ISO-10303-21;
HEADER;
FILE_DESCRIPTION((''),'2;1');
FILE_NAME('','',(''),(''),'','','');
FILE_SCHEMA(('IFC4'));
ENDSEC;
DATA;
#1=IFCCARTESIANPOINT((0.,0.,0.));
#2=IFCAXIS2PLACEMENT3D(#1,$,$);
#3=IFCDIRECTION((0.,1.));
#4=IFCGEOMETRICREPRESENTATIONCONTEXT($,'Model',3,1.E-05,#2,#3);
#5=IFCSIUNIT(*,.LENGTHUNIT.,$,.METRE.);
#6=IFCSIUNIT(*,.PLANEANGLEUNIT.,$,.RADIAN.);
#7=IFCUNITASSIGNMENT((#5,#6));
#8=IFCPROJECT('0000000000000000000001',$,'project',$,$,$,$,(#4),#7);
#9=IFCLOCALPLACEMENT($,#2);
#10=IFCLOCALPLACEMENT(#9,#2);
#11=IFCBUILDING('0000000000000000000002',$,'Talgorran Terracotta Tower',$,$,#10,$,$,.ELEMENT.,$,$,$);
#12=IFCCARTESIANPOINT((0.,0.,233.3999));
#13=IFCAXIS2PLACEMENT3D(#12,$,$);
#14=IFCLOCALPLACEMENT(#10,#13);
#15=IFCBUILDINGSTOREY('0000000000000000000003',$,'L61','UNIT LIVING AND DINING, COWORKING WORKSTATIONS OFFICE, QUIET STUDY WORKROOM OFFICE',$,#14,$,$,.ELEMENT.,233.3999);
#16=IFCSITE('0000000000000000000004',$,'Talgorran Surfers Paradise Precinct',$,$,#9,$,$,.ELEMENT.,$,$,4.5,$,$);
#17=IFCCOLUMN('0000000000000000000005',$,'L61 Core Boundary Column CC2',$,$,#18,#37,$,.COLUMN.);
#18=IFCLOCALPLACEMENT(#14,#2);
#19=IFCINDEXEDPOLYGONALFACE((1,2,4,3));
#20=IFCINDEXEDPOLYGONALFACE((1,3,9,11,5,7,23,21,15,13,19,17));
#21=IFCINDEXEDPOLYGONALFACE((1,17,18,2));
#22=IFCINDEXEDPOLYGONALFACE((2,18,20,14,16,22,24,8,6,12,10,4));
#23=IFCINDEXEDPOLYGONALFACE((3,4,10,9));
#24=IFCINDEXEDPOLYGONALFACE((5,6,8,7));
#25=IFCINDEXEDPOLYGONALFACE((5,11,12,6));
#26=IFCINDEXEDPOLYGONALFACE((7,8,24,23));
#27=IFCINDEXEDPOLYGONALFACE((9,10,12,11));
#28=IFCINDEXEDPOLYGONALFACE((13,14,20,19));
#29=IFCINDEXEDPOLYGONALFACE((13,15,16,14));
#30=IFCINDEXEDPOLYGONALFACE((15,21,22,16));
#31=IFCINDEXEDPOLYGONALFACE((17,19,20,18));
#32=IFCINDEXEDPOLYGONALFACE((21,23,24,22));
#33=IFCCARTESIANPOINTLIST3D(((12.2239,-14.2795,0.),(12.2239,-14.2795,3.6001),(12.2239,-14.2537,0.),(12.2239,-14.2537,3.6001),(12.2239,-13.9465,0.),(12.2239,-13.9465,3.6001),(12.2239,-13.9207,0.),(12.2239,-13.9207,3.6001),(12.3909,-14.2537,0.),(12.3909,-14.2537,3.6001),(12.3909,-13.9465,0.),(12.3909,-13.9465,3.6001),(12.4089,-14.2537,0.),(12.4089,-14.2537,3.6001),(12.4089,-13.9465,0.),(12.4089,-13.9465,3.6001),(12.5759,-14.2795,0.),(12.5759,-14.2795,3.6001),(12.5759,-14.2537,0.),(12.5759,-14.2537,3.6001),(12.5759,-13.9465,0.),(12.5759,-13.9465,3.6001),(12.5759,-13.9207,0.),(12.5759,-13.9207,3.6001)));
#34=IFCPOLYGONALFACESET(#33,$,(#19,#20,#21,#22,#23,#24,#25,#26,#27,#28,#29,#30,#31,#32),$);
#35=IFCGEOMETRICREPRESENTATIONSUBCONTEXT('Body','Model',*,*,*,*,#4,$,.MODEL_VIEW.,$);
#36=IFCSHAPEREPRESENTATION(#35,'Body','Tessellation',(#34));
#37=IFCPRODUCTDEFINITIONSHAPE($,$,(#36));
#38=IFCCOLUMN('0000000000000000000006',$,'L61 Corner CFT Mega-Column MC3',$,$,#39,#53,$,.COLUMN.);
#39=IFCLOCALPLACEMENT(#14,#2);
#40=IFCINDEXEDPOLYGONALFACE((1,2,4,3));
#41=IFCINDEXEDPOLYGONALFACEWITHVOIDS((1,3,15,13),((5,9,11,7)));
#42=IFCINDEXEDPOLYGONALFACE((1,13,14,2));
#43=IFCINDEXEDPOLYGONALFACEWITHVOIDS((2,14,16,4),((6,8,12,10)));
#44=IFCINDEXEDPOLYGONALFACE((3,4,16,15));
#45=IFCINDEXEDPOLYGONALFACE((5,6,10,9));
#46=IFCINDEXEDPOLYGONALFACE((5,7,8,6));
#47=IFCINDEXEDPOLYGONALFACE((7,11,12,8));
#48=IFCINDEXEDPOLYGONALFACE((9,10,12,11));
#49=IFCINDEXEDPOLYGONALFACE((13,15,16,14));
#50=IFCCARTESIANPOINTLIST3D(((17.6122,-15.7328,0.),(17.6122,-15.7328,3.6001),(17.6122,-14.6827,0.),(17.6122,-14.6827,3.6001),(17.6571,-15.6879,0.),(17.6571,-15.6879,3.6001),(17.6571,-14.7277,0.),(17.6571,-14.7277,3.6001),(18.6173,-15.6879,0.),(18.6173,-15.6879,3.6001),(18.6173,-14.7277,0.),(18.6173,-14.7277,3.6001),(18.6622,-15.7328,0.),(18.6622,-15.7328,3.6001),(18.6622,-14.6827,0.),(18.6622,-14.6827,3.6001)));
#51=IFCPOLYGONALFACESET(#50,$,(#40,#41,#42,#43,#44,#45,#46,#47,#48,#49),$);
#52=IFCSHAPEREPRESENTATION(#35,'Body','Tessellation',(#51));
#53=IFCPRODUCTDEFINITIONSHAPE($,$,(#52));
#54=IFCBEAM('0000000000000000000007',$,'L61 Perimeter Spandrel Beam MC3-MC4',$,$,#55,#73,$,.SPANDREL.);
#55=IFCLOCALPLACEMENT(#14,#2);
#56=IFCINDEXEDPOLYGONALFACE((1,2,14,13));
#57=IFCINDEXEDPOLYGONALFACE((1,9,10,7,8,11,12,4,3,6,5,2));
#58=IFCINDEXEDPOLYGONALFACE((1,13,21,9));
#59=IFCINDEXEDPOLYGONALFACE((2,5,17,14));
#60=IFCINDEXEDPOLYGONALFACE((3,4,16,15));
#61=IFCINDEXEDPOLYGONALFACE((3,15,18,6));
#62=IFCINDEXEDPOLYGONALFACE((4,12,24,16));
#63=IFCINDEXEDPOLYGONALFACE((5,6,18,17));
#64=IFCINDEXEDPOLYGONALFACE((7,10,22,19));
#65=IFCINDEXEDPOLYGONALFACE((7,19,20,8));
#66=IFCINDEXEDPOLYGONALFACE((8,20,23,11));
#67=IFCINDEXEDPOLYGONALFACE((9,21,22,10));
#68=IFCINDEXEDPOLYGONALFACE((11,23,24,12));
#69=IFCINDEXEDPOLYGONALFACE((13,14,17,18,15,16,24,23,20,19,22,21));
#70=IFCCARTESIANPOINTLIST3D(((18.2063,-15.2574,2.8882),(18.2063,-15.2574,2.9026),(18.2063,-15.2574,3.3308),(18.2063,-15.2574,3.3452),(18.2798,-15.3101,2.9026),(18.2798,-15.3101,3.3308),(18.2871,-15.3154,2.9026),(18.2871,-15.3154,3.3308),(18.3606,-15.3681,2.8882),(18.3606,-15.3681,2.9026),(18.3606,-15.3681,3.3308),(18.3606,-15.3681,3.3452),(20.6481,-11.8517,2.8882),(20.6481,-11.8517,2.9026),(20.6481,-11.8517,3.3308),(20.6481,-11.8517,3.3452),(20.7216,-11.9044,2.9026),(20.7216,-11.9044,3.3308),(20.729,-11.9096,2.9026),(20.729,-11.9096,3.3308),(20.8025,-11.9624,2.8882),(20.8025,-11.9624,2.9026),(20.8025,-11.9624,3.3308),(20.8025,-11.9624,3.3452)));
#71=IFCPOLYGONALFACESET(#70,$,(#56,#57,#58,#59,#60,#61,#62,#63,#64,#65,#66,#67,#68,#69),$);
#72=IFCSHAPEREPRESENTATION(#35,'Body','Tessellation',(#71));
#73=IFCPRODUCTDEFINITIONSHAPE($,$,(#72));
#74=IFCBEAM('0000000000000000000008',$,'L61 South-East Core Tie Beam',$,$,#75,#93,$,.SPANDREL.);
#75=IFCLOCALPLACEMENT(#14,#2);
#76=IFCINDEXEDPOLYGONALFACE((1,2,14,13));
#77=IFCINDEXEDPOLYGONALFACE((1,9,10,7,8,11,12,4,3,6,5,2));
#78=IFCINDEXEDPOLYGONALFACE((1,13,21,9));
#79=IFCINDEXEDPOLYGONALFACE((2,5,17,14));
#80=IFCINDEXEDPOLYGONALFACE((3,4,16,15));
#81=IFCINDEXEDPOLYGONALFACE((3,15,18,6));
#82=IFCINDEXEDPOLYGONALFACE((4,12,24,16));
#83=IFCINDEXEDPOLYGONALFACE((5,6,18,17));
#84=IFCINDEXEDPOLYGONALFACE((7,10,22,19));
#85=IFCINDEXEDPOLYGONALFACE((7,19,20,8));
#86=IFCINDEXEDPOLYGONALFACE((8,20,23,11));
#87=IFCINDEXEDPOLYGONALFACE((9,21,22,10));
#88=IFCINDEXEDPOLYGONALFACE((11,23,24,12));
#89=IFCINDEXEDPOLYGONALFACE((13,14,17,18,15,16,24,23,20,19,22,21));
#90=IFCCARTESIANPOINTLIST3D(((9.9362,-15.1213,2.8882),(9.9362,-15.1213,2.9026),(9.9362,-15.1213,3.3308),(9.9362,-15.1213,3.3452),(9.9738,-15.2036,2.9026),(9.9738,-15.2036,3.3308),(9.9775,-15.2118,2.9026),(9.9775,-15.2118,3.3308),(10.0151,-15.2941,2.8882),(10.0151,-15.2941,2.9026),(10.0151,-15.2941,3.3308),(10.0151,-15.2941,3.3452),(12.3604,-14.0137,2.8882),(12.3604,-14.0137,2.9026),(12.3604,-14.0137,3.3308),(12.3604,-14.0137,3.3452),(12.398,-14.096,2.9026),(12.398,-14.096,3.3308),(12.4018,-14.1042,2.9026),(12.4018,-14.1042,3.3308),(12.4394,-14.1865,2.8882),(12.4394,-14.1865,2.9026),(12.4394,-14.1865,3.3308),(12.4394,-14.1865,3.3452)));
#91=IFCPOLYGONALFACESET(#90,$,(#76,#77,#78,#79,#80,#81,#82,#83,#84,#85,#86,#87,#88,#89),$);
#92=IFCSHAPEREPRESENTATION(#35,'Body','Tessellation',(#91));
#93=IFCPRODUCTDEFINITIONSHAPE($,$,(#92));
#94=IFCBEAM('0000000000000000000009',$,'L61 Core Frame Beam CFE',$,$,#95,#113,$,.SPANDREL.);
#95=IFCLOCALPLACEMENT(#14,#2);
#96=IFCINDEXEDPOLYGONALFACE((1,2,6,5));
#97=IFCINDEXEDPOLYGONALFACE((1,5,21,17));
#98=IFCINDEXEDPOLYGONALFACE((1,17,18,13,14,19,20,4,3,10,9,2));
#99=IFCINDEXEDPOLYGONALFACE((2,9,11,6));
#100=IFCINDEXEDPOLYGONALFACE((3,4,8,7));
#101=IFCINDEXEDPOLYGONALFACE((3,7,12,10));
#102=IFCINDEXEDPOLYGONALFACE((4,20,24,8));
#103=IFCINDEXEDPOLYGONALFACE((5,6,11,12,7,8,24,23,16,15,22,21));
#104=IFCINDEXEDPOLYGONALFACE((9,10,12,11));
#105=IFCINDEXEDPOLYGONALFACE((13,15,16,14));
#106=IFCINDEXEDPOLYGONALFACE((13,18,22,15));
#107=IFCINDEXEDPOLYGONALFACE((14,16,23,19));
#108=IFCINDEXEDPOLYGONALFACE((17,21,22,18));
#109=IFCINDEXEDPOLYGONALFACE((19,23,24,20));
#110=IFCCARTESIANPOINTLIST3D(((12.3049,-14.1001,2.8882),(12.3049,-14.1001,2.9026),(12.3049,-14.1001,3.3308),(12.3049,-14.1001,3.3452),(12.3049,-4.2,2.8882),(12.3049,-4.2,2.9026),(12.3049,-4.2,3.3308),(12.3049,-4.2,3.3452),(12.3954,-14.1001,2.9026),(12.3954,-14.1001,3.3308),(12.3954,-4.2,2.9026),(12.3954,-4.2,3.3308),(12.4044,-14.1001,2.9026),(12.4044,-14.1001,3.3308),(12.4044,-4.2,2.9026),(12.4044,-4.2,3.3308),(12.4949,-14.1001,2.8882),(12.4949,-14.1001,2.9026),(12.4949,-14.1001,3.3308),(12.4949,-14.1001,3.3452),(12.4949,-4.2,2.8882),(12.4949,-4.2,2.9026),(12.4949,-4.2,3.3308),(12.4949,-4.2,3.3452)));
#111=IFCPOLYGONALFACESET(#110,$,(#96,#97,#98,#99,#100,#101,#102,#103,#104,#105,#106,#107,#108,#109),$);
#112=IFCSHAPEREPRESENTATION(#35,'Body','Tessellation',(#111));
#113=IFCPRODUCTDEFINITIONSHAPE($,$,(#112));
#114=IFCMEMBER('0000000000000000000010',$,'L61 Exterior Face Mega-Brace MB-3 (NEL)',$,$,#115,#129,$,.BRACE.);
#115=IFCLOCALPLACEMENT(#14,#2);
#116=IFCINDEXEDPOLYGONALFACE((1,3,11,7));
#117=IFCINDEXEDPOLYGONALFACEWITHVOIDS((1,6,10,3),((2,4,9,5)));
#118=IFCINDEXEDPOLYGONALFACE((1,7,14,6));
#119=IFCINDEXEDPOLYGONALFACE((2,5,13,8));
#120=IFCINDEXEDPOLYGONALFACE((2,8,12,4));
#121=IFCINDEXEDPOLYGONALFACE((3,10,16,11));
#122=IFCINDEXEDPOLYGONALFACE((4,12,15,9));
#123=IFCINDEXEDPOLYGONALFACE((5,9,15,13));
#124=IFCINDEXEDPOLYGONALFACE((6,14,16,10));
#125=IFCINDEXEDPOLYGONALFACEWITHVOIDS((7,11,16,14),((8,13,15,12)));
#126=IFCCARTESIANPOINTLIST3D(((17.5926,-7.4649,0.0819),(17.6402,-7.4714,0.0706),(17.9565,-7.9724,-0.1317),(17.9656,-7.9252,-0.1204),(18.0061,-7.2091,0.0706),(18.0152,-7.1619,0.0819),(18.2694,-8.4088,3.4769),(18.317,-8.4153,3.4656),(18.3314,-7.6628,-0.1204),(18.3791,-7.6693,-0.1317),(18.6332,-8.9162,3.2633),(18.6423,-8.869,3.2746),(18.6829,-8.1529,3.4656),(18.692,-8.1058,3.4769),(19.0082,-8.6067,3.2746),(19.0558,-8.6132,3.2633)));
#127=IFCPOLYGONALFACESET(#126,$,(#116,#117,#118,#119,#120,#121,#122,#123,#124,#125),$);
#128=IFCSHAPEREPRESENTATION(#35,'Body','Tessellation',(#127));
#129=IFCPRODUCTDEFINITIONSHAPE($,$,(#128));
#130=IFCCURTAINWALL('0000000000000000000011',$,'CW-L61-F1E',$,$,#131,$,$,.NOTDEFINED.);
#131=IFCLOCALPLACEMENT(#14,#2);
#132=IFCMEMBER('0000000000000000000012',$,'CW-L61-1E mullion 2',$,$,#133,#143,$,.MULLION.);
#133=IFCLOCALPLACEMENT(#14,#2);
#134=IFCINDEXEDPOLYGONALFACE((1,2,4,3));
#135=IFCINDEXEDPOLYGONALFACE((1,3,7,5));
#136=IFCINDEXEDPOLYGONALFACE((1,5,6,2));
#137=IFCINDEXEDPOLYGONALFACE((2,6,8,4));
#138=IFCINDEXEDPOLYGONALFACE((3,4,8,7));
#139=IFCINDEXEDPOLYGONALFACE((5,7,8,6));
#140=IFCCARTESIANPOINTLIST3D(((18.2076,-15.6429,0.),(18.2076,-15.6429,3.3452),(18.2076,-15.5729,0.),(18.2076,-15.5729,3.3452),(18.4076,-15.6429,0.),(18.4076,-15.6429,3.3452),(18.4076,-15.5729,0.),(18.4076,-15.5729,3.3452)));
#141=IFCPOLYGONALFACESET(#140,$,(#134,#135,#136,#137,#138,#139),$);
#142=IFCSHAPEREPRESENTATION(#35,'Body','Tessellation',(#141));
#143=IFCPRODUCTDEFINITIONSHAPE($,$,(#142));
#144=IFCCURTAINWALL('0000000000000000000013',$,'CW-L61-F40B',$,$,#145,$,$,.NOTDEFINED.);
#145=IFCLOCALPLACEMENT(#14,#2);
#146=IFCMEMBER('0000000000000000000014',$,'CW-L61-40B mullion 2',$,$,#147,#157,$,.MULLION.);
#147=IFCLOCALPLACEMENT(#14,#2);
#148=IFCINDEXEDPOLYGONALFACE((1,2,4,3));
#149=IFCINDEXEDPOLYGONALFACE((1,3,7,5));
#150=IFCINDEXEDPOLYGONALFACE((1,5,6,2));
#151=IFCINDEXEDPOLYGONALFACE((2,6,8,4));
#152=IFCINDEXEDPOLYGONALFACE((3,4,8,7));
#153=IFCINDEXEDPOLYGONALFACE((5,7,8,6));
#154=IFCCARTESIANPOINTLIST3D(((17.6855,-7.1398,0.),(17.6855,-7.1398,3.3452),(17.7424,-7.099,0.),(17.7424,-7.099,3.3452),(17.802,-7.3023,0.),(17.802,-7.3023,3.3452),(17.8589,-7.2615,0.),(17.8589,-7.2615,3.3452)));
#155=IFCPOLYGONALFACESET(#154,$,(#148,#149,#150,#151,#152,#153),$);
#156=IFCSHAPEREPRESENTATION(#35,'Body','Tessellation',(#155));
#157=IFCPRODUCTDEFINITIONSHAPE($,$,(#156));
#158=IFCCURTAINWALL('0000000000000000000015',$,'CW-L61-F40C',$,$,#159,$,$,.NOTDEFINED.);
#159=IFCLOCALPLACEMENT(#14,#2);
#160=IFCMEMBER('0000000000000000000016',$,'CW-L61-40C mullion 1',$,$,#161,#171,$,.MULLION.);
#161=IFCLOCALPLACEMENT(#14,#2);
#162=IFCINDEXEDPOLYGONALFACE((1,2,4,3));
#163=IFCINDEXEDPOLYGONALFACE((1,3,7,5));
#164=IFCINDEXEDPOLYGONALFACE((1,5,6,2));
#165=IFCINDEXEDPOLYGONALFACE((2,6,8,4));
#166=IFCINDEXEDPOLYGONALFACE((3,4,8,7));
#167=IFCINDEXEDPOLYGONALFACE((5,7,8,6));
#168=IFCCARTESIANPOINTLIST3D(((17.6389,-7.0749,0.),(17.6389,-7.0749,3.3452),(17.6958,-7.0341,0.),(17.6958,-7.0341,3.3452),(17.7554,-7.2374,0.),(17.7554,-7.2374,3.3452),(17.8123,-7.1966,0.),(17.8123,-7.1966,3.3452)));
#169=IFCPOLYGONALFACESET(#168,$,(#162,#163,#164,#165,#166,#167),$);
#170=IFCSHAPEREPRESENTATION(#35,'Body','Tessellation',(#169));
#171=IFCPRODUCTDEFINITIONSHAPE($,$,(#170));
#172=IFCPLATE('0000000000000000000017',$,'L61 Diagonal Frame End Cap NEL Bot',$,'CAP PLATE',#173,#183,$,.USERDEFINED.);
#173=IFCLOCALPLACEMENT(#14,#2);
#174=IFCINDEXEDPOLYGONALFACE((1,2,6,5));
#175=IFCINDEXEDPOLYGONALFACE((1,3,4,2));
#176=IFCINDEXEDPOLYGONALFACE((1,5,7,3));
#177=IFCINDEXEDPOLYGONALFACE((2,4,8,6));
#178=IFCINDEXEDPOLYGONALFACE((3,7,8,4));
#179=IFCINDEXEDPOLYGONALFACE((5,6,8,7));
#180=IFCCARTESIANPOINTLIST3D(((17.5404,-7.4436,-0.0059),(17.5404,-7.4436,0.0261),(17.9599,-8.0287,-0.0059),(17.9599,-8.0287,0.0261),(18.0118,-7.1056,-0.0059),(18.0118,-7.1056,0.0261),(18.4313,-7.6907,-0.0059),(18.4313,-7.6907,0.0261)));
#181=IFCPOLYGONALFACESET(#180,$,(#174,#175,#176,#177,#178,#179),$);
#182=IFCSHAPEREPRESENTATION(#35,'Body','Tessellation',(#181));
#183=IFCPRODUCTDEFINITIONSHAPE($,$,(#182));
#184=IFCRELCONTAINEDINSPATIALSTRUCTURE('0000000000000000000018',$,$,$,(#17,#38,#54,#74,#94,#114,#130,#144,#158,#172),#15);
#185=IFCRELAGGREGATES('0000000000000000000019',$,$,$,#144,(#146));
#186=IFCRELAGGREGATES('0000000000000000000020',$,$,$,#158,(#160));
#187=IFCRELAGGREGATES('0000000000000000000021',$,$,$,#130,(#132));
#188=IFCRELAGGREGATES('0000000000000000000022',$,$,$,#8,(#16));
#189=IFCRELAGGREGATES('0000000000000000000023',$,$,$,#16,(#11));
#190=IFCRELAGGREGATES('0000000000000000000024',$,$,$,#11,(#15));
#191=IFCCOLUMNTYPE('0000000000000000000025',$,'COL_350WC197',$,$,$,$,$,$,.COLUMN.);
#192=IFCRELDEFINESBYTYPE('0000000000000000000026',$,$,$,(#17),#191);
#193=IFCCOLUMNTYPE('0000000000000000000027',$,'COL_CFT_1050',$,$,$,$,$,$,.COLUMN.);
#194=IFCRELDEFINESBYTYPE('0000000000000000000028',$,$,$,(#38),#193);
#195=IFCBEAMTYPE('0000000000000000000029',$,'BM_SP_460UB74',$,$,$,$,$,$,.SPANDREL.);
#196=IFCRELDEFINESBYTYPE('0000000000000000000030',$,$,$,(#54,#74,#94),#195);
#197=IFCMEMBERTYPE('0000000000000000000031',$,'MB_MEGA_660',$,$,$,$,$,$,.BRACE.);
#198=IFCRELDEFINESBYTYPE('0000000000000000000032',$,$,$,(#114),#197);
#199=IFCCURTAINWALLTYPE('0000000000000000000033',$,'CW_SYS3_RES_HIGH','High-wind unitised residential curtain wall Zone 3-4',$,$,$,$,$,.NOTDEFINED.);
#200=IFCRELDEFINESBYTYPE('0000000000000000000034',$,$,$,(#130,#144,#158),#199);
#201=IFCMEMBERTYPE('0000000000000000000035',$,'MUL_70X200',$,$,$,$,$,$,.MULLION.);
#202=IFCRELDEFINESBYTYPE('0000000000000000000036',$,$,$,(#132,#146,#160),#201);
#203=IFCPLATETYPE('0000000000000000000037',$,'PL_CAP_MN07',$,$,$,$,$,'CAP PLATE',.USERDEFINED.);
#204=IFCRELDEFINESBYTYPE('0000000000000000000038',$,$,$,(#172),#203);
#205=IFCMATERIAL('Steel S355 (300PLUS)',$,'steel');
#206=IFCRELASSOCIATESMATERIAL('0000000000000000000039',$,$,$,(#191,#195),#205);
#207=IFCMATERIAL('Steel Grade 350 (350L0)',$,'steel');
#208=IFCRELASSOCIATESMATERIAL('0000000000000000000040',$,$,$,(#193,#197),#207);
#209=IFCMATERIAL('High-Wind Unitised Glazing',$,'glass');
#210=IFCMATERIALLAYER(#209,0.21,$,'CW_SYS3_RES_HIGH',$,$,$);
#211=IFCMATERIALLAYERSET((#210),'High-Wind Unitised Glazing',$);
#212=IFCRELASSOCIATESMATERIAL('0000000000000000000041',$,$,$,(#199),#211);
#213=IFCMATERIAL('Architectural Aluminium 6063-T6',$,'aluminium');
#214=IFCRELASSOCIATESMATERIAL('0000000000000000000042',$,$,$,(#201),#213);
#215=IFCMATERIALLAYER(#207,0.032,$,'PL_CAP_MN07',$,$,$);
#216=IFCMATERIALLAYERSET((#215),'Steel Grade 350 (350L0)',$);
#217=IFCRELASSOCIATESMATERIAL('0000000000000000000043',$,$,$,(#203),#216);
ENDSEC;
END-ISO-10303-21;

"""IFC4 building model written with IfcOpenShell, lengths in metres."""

from ifc_helpers import new_model, si_unit, direction, frame, origin, origin_2d, place, context, subcontext, project, spatial, rectangle, hollow_rectangle, i_section, extrude, material, layer, layer_set, material_profile, profile_set, type_object, element, aggregate, save


model = new_model("IFC4")

# Units and contexts
model_context = context("Model", 3, precision=1e-05, world=origin(), true_north=direction((0.0, 1.0)))
body_context = subcontext(model_context, "Body", "Model", "MODEL_VIEW")
ifc_project = project(units=[si_unit("LENGTHUNIT", "METRE"), si_unit("PLANEANGLEUNIT", "RADIAN")], contexts=[model_context])

# Site, building, storey
site_placement = place(None, origin())
site = spatial("IfcSite", under=ifc_project, at=site_placement, Name="Talgorran Surfers Paradise Precinct", CompositionType="ELEMENT", RefElevation=4.5)
building_placement = place(site_placement, origin())
building = spatial("IfcBuilding", under=site, at=building_placement, Name="Talgorran Terracotta Tower", CompositionType="ELEMENT")
storey_placement = place(building_placement, frame((0.0, 0.0, 233.3999)))
storey = spatial("IfcBuildingStorey", under=building, at=storey_placement, Name="L61", Description="UNIT LIVING AND DINING, COWORKING WORKSTATIONS OFFICE, QUIET STUDY WORKROOM OFFICE", CompositionType="ELEMENT", Elevation=233.3999)

# Columns
ifc_material_1 = material(Name="Steel S355 (300PLUS)", Category="steel")
ifc_material_profile_1 = material_profile(ifc_material_1, i_section(OverallWidth=0.3521, OverallDepth=0.3589, WebThickness=0.0181, FlangeThickness=0.0259, at=origin_2d()), Name="350WC197")
ifc_profile_set_1 = profile_set([ifc_material_profile_1], Name="Steel S355 (300PLUS)")
column_type_1 = type_object("IfcColumnType", Name="COL_350WC197", PredefinedType="COLUMN", material=ifc_profile_set_1)
column_1_placement = place(storey_placement, frame((12.3999, -14.1001, 0.0), z_axis=(0.0, 0.0, 1.0), x_axis=(1.0, 0.0, 0.0)))
element("IfcColumn", 1, at=column_1_placement, inside=storey, type_object=column_type_1, Name="L61 Core Boundary Column CC2", PredefinedType="COLUMN", context=body_context, shape_type="SweptSolid", body=[
    extrude(i_section(OverallWidth=0.3521, OverallDepth=0.3589, WebThickness=0.0181, FlangeThickness=0.0259, at=origin_2d()), origin(), (0.0, 0.0, 1.0), 3.6001),
])
ifc_material_2 = material(Name="Steel Grade 350 (350L0)", Category="steel")
ifc_material_profile_2 = material_profile(ifc_material_2, hollow_rectangle(XDim=1.05, YDim=1.05, WallThickness=0.0449, at=origin_2d()), Name="CFT1050X1050X45")
ifc_profile_set_2 = profile_set([ifc_material_profile_2], Name="Steel Grade 350 (350L0)")
column_type_2 = type_object("IfcColumnType", Name="COL_CFT_1050", PredefinedType="COLUMN", material=ifc_profile_set_2)
column_2_placement = place(storey_placement, frame((18.1372, -15.2078, 0.0), z_axis=(0.0, 0.0, 1.0), x_axis=(1.0, 0.0, 0.0)))
element("IfcColumn", 2, at=column_2_placement, inside=storey, type_object=column_type_2, Name="L61 Corner CFT Mega-Column MC3", PredefinedType="COLUMN", context=body_context, shape_type="SweptSolid", body=[
    extrude(hollow_rectangle(XDim=1.05, YDim=1.05, WallThickness=0.0449, at=origin_2d()), origin(), (0.0, 0.0, 1.0), 3.6001),
])

# Beams
ifc_material_profile_3 = material_profile(ifc_material_1, i_section(OverallWidth=0.1899, OverallDepth=0.457, WebThickness=0.009, FlangeThickness=0.0144, at=origin_2d()), Name="460UB74.6")
ifc_profile_set_3 = profile_set([ifc_material_profile_3], Name="Steel S355 (300PLUS)")
beam_type = type_object("IfcBeamType", Name="BM_SP_460UB74", PredefinedType="SPANDREL", material=ifc_profile_set_3)
beam_1_placement = place(storey_placement, frame((18.2834, -15.3127, 3.1167), z_axis=(0.582692, 0.812693, 0.0), x_axis=(-0.812693, 0.582692, 0.0)))
element("IfcBeam", 3, at=beam_1_placement, inside=storey, type_object=beam_type, Name="L61 Perimeter Spandrel Beam MC3-MC4", PredefinedType="SPANDREL", context=body_context, shape_type="SweptSolid", body=[
    extrude(i_section(OverallWidth=0.1899, OverallDepth=0.457, WebThickness=0.009, FlangeThickness=0.0144, at=origin_2d()), origin(), (0.0, 0.0, 1.0), 4.1907),
])
beam_2_placement = place(storey_placement, frame((12.3999, -14.1001, 3.1167), z_axis=(-0.909559, -0.415576, 0.0), x_axis=(0.415576, -0.909559, 0.0)))
element("IfcBeam", 4, at=beam_2_placement, inside=storey, type_object=beam_type, Name="L61 South-East Core Tie Beam", PredefinedType="SPANDREL", context=body_context, shape_type="SweptSolid", body=[
    extrude(i_section(OverallWidth=0.1899, OverallDepth=0.457, WebThickness=0.009, FlangeThickness=0.0144, at=origin_2d()), origin(), (0.0, 0.0, 1.0), 2.6653),
])
beam_3_placement = place(storey_placement, frame((12.3999, -14.1001, 3.1167), z_axis=(0.0, 1.0, 0.0), x_axis=(-1.0, 0.0, 0.0)))
element("IfcBeam", 5, at=beam_3_placement, inside=storey, type_object=beam_type, Name="L61 Core Frame Beam CFE", PredefinedType="SPANDREL", context=body_context, shape_type="SweptSolid", body=[
    extrude(i_section(OverallWidth=0.1899, OverallDepth=0.457, WebThickness=0.009, FlangeThickness=0.0144, at=origin_2d()), origin(), (0.0, 0.0, 1.0), 9.9001),
])

# Member
ifc_material_profile_4 = material_profile(ifc_material_2, hollow_rectangle(XDim=0.52, YDim=0.6599, WallThickness=0.0349, at=origin_2d()), Name="WBOX660X520X35")
ifc_profile_set_4 = profile_set([ifc_material_profile_4], Name="Steel Grade 350 (350L0)")
member_type_1 = type_object("IfcMemberType", Name="MB_MEGA_660", PredefinedType="BRACE", material=ifc_profile_set_4)
member_1_placement = place(storey_placement, frame((17.9858, -7.5671, -0.0249), z_axis=(0.188608, -0.263044, 0.946169), x_axis=(0.812681, 0.582709, 0.0)))
element("IfcMember", 6, at=member_1_placement, inside=storey, type_object=member_type_1, Name="L61 Exterior Face Mega-Brace MB-3 (NEL)", PredefinedType="BRACE", context=body_context, shape_type="SweptSolid", body=[
    extrude(hollow_rectangle(XDim=0.52, YDim=0.6599, WallThickness=0.0349, at=origin_2d()), origin(), (0.0, 0.0, 1.0), 3.5881),
])

# Curtain walls, members
ifc_material_3 = material(Name="High-Wind Unitised Glazing", Category="glass")
ifc_layer_1 = layer(ifc_material_3, 0.21, Name="CW_SYS3_RES_HIGH")
ifc_layer_set_1 = layer_set([ifc_layer_1], Name="High-Wind Unitised Glazing")
curtain_wall_type = type_object("IfcCurtainWallType", Name="CW_SYS3_RES_HIGH", Description="High-wind unitised residential curtain wall Zone 3-4", PredefinedType="NOTDEFINED", material=ifc_layer_set_1)
curtain_wall_1_placement = place(storey_placement, origin())
curtain_wall_1 = element("IfcCurtainWall", 7, at=curtain_wall_1_placement, inside=storey, type_object=curtain_wall_type, Name="CW-L61-F1E", PredefinedType="NOTDEFINED")
ifc_material_4 = material(Name="Architectural Aluminium 6063-T6", Category="aluminium")
ifc_material_profile_5 = material_profile(ifc_material_4, rectangle(XDim=0.0701, YDim=0.2, at=origin_2d()), Name="CWM70X200")
ifc_profile_set_5 = profile_set([ifc_material_profile_5], Name="Architectural Aluminium 6063-T6")
member_type_2 = type_object("IfcMemberType", Name="MUL_70X200", PredefinedType="MULLION", material=ifc_profile_set_5)
member_2_placement = place(storey_placement, frame((18.3076, -15.6079, 0.0), z_axis=(0.0, 0.0, 1.0), x_axis=(0.0, 1.0, 0.0)))
member_2 = element("IfcMember", 8, at=member_2_placement, type_object=member_type_2, Name="CW-L61-1E mullion 2", PredefinedType="MULLION", context=body_context, shape_type="SweptSolid", body=[
    extrude(rectangle(XDim=0.0701, YDim=0.2, at=origin_2d()), origin(), (0.0, 0.0, 1.0), 3.3452),
])
curtain_wall_2_placement = place(storey_placement, origin())
curtain_wall_2 = element("IfcCurtainWall", 9, at=curtain_wall_2_placement, inside=storey, type_object=curtain_wall_type, Name="CW-L61-F40B", PredefinedType="NOTDEFINED")
member_3_placement = place(storey_placement, frame((17.7722, -7.2007, 0.0), z_axis=(0.0, 0.0, 1.0), x_axis=(-0.812723, -0.58265, 0.0)))
member_3 = element("IfcMember", 10, at=member_3_placement, type_object=member_type_2, Name="CW-L61-40B mullion 2", PredefinedType="MULLION", context=body_context, shape_type="SweptSolid", body=[
    extrude(rectangle(XDim=0.0701, YDim=0.2, at=origin_2d()), origin(), (0.0, 0.0, 1.0), 3.3452),
])
aggregate(curtain_wall_2, [member_3])
curtain_wall_3_placement = place(storey_placement, origin())
curtain_wall_3 = element("IfcCurtainWall", 11, at=curtain_wall_3_placement, inside=storey, type_object=curtain_wall_type, Name="CW-L61-F40C", PredefinedType="NOTDEFINED")
member_4_placement = place(storey_placement, frame((17.7256, -7.1357, 0.0), z_axis=(0.0, 0.0, 1.0), x_axis=(-0.812712, -0.582665, 0.0)))
member_4 = element("IfcMember", 12, at=member_4_placement, type_object=member_type_2, Name="CW-L61-40C mullion 1", PredefinedType="MULLION", context=body_context, shape_type="SweptSolid", body=[
    extrude(rectangle(XDim=0.0701, YDim=0.2, at=origin_2d()), origin(), (0.0, 0.0, 1.0), 3.3452),
])
aggregate(curtain_wall_3, [member_4])

# Plate
ifc_layer_2 = layer(ifc_material_2, 0.032, Name="PL_CAP_MN07")
ifc_layer_set_2 = layer_set([ifc_layer_2], Name="Steel Grade 350 (350L0)")
plate_type_1 = type_object("IfcPlateType", Name="PL_CAP_MN07", ElementType="CAP PLATE", PredefinedType="USERDEFINED", material=ifc_layer_set_2)
plate_1_placement = place(storey_placement, frame((17.9858, -7.5671, -0.0059), z_axis=(0.0, 0.0, 1.0), x_axis=(0.58269, -0.812694, 0.0)))
element("IfcPlate", 13, at=plate_1_placement, inside=storey, type_object=plate_type_1, Name="L61 Diagonal Frame End Cap NEL Bot", ObjectType="CAP PLATE", PredefinedType="USERDEFINED", context=body_context, shape_type="SweptSolid", body=[
    extrude(rectangle(XDim=0.72, YDim=0.5801, at=origin_2d()), origin(), (0.0, 0.0, 1.0), 0.032),
])
aggregate(curtain_wall_1, [member_2])

save(model, "model.ifc")
